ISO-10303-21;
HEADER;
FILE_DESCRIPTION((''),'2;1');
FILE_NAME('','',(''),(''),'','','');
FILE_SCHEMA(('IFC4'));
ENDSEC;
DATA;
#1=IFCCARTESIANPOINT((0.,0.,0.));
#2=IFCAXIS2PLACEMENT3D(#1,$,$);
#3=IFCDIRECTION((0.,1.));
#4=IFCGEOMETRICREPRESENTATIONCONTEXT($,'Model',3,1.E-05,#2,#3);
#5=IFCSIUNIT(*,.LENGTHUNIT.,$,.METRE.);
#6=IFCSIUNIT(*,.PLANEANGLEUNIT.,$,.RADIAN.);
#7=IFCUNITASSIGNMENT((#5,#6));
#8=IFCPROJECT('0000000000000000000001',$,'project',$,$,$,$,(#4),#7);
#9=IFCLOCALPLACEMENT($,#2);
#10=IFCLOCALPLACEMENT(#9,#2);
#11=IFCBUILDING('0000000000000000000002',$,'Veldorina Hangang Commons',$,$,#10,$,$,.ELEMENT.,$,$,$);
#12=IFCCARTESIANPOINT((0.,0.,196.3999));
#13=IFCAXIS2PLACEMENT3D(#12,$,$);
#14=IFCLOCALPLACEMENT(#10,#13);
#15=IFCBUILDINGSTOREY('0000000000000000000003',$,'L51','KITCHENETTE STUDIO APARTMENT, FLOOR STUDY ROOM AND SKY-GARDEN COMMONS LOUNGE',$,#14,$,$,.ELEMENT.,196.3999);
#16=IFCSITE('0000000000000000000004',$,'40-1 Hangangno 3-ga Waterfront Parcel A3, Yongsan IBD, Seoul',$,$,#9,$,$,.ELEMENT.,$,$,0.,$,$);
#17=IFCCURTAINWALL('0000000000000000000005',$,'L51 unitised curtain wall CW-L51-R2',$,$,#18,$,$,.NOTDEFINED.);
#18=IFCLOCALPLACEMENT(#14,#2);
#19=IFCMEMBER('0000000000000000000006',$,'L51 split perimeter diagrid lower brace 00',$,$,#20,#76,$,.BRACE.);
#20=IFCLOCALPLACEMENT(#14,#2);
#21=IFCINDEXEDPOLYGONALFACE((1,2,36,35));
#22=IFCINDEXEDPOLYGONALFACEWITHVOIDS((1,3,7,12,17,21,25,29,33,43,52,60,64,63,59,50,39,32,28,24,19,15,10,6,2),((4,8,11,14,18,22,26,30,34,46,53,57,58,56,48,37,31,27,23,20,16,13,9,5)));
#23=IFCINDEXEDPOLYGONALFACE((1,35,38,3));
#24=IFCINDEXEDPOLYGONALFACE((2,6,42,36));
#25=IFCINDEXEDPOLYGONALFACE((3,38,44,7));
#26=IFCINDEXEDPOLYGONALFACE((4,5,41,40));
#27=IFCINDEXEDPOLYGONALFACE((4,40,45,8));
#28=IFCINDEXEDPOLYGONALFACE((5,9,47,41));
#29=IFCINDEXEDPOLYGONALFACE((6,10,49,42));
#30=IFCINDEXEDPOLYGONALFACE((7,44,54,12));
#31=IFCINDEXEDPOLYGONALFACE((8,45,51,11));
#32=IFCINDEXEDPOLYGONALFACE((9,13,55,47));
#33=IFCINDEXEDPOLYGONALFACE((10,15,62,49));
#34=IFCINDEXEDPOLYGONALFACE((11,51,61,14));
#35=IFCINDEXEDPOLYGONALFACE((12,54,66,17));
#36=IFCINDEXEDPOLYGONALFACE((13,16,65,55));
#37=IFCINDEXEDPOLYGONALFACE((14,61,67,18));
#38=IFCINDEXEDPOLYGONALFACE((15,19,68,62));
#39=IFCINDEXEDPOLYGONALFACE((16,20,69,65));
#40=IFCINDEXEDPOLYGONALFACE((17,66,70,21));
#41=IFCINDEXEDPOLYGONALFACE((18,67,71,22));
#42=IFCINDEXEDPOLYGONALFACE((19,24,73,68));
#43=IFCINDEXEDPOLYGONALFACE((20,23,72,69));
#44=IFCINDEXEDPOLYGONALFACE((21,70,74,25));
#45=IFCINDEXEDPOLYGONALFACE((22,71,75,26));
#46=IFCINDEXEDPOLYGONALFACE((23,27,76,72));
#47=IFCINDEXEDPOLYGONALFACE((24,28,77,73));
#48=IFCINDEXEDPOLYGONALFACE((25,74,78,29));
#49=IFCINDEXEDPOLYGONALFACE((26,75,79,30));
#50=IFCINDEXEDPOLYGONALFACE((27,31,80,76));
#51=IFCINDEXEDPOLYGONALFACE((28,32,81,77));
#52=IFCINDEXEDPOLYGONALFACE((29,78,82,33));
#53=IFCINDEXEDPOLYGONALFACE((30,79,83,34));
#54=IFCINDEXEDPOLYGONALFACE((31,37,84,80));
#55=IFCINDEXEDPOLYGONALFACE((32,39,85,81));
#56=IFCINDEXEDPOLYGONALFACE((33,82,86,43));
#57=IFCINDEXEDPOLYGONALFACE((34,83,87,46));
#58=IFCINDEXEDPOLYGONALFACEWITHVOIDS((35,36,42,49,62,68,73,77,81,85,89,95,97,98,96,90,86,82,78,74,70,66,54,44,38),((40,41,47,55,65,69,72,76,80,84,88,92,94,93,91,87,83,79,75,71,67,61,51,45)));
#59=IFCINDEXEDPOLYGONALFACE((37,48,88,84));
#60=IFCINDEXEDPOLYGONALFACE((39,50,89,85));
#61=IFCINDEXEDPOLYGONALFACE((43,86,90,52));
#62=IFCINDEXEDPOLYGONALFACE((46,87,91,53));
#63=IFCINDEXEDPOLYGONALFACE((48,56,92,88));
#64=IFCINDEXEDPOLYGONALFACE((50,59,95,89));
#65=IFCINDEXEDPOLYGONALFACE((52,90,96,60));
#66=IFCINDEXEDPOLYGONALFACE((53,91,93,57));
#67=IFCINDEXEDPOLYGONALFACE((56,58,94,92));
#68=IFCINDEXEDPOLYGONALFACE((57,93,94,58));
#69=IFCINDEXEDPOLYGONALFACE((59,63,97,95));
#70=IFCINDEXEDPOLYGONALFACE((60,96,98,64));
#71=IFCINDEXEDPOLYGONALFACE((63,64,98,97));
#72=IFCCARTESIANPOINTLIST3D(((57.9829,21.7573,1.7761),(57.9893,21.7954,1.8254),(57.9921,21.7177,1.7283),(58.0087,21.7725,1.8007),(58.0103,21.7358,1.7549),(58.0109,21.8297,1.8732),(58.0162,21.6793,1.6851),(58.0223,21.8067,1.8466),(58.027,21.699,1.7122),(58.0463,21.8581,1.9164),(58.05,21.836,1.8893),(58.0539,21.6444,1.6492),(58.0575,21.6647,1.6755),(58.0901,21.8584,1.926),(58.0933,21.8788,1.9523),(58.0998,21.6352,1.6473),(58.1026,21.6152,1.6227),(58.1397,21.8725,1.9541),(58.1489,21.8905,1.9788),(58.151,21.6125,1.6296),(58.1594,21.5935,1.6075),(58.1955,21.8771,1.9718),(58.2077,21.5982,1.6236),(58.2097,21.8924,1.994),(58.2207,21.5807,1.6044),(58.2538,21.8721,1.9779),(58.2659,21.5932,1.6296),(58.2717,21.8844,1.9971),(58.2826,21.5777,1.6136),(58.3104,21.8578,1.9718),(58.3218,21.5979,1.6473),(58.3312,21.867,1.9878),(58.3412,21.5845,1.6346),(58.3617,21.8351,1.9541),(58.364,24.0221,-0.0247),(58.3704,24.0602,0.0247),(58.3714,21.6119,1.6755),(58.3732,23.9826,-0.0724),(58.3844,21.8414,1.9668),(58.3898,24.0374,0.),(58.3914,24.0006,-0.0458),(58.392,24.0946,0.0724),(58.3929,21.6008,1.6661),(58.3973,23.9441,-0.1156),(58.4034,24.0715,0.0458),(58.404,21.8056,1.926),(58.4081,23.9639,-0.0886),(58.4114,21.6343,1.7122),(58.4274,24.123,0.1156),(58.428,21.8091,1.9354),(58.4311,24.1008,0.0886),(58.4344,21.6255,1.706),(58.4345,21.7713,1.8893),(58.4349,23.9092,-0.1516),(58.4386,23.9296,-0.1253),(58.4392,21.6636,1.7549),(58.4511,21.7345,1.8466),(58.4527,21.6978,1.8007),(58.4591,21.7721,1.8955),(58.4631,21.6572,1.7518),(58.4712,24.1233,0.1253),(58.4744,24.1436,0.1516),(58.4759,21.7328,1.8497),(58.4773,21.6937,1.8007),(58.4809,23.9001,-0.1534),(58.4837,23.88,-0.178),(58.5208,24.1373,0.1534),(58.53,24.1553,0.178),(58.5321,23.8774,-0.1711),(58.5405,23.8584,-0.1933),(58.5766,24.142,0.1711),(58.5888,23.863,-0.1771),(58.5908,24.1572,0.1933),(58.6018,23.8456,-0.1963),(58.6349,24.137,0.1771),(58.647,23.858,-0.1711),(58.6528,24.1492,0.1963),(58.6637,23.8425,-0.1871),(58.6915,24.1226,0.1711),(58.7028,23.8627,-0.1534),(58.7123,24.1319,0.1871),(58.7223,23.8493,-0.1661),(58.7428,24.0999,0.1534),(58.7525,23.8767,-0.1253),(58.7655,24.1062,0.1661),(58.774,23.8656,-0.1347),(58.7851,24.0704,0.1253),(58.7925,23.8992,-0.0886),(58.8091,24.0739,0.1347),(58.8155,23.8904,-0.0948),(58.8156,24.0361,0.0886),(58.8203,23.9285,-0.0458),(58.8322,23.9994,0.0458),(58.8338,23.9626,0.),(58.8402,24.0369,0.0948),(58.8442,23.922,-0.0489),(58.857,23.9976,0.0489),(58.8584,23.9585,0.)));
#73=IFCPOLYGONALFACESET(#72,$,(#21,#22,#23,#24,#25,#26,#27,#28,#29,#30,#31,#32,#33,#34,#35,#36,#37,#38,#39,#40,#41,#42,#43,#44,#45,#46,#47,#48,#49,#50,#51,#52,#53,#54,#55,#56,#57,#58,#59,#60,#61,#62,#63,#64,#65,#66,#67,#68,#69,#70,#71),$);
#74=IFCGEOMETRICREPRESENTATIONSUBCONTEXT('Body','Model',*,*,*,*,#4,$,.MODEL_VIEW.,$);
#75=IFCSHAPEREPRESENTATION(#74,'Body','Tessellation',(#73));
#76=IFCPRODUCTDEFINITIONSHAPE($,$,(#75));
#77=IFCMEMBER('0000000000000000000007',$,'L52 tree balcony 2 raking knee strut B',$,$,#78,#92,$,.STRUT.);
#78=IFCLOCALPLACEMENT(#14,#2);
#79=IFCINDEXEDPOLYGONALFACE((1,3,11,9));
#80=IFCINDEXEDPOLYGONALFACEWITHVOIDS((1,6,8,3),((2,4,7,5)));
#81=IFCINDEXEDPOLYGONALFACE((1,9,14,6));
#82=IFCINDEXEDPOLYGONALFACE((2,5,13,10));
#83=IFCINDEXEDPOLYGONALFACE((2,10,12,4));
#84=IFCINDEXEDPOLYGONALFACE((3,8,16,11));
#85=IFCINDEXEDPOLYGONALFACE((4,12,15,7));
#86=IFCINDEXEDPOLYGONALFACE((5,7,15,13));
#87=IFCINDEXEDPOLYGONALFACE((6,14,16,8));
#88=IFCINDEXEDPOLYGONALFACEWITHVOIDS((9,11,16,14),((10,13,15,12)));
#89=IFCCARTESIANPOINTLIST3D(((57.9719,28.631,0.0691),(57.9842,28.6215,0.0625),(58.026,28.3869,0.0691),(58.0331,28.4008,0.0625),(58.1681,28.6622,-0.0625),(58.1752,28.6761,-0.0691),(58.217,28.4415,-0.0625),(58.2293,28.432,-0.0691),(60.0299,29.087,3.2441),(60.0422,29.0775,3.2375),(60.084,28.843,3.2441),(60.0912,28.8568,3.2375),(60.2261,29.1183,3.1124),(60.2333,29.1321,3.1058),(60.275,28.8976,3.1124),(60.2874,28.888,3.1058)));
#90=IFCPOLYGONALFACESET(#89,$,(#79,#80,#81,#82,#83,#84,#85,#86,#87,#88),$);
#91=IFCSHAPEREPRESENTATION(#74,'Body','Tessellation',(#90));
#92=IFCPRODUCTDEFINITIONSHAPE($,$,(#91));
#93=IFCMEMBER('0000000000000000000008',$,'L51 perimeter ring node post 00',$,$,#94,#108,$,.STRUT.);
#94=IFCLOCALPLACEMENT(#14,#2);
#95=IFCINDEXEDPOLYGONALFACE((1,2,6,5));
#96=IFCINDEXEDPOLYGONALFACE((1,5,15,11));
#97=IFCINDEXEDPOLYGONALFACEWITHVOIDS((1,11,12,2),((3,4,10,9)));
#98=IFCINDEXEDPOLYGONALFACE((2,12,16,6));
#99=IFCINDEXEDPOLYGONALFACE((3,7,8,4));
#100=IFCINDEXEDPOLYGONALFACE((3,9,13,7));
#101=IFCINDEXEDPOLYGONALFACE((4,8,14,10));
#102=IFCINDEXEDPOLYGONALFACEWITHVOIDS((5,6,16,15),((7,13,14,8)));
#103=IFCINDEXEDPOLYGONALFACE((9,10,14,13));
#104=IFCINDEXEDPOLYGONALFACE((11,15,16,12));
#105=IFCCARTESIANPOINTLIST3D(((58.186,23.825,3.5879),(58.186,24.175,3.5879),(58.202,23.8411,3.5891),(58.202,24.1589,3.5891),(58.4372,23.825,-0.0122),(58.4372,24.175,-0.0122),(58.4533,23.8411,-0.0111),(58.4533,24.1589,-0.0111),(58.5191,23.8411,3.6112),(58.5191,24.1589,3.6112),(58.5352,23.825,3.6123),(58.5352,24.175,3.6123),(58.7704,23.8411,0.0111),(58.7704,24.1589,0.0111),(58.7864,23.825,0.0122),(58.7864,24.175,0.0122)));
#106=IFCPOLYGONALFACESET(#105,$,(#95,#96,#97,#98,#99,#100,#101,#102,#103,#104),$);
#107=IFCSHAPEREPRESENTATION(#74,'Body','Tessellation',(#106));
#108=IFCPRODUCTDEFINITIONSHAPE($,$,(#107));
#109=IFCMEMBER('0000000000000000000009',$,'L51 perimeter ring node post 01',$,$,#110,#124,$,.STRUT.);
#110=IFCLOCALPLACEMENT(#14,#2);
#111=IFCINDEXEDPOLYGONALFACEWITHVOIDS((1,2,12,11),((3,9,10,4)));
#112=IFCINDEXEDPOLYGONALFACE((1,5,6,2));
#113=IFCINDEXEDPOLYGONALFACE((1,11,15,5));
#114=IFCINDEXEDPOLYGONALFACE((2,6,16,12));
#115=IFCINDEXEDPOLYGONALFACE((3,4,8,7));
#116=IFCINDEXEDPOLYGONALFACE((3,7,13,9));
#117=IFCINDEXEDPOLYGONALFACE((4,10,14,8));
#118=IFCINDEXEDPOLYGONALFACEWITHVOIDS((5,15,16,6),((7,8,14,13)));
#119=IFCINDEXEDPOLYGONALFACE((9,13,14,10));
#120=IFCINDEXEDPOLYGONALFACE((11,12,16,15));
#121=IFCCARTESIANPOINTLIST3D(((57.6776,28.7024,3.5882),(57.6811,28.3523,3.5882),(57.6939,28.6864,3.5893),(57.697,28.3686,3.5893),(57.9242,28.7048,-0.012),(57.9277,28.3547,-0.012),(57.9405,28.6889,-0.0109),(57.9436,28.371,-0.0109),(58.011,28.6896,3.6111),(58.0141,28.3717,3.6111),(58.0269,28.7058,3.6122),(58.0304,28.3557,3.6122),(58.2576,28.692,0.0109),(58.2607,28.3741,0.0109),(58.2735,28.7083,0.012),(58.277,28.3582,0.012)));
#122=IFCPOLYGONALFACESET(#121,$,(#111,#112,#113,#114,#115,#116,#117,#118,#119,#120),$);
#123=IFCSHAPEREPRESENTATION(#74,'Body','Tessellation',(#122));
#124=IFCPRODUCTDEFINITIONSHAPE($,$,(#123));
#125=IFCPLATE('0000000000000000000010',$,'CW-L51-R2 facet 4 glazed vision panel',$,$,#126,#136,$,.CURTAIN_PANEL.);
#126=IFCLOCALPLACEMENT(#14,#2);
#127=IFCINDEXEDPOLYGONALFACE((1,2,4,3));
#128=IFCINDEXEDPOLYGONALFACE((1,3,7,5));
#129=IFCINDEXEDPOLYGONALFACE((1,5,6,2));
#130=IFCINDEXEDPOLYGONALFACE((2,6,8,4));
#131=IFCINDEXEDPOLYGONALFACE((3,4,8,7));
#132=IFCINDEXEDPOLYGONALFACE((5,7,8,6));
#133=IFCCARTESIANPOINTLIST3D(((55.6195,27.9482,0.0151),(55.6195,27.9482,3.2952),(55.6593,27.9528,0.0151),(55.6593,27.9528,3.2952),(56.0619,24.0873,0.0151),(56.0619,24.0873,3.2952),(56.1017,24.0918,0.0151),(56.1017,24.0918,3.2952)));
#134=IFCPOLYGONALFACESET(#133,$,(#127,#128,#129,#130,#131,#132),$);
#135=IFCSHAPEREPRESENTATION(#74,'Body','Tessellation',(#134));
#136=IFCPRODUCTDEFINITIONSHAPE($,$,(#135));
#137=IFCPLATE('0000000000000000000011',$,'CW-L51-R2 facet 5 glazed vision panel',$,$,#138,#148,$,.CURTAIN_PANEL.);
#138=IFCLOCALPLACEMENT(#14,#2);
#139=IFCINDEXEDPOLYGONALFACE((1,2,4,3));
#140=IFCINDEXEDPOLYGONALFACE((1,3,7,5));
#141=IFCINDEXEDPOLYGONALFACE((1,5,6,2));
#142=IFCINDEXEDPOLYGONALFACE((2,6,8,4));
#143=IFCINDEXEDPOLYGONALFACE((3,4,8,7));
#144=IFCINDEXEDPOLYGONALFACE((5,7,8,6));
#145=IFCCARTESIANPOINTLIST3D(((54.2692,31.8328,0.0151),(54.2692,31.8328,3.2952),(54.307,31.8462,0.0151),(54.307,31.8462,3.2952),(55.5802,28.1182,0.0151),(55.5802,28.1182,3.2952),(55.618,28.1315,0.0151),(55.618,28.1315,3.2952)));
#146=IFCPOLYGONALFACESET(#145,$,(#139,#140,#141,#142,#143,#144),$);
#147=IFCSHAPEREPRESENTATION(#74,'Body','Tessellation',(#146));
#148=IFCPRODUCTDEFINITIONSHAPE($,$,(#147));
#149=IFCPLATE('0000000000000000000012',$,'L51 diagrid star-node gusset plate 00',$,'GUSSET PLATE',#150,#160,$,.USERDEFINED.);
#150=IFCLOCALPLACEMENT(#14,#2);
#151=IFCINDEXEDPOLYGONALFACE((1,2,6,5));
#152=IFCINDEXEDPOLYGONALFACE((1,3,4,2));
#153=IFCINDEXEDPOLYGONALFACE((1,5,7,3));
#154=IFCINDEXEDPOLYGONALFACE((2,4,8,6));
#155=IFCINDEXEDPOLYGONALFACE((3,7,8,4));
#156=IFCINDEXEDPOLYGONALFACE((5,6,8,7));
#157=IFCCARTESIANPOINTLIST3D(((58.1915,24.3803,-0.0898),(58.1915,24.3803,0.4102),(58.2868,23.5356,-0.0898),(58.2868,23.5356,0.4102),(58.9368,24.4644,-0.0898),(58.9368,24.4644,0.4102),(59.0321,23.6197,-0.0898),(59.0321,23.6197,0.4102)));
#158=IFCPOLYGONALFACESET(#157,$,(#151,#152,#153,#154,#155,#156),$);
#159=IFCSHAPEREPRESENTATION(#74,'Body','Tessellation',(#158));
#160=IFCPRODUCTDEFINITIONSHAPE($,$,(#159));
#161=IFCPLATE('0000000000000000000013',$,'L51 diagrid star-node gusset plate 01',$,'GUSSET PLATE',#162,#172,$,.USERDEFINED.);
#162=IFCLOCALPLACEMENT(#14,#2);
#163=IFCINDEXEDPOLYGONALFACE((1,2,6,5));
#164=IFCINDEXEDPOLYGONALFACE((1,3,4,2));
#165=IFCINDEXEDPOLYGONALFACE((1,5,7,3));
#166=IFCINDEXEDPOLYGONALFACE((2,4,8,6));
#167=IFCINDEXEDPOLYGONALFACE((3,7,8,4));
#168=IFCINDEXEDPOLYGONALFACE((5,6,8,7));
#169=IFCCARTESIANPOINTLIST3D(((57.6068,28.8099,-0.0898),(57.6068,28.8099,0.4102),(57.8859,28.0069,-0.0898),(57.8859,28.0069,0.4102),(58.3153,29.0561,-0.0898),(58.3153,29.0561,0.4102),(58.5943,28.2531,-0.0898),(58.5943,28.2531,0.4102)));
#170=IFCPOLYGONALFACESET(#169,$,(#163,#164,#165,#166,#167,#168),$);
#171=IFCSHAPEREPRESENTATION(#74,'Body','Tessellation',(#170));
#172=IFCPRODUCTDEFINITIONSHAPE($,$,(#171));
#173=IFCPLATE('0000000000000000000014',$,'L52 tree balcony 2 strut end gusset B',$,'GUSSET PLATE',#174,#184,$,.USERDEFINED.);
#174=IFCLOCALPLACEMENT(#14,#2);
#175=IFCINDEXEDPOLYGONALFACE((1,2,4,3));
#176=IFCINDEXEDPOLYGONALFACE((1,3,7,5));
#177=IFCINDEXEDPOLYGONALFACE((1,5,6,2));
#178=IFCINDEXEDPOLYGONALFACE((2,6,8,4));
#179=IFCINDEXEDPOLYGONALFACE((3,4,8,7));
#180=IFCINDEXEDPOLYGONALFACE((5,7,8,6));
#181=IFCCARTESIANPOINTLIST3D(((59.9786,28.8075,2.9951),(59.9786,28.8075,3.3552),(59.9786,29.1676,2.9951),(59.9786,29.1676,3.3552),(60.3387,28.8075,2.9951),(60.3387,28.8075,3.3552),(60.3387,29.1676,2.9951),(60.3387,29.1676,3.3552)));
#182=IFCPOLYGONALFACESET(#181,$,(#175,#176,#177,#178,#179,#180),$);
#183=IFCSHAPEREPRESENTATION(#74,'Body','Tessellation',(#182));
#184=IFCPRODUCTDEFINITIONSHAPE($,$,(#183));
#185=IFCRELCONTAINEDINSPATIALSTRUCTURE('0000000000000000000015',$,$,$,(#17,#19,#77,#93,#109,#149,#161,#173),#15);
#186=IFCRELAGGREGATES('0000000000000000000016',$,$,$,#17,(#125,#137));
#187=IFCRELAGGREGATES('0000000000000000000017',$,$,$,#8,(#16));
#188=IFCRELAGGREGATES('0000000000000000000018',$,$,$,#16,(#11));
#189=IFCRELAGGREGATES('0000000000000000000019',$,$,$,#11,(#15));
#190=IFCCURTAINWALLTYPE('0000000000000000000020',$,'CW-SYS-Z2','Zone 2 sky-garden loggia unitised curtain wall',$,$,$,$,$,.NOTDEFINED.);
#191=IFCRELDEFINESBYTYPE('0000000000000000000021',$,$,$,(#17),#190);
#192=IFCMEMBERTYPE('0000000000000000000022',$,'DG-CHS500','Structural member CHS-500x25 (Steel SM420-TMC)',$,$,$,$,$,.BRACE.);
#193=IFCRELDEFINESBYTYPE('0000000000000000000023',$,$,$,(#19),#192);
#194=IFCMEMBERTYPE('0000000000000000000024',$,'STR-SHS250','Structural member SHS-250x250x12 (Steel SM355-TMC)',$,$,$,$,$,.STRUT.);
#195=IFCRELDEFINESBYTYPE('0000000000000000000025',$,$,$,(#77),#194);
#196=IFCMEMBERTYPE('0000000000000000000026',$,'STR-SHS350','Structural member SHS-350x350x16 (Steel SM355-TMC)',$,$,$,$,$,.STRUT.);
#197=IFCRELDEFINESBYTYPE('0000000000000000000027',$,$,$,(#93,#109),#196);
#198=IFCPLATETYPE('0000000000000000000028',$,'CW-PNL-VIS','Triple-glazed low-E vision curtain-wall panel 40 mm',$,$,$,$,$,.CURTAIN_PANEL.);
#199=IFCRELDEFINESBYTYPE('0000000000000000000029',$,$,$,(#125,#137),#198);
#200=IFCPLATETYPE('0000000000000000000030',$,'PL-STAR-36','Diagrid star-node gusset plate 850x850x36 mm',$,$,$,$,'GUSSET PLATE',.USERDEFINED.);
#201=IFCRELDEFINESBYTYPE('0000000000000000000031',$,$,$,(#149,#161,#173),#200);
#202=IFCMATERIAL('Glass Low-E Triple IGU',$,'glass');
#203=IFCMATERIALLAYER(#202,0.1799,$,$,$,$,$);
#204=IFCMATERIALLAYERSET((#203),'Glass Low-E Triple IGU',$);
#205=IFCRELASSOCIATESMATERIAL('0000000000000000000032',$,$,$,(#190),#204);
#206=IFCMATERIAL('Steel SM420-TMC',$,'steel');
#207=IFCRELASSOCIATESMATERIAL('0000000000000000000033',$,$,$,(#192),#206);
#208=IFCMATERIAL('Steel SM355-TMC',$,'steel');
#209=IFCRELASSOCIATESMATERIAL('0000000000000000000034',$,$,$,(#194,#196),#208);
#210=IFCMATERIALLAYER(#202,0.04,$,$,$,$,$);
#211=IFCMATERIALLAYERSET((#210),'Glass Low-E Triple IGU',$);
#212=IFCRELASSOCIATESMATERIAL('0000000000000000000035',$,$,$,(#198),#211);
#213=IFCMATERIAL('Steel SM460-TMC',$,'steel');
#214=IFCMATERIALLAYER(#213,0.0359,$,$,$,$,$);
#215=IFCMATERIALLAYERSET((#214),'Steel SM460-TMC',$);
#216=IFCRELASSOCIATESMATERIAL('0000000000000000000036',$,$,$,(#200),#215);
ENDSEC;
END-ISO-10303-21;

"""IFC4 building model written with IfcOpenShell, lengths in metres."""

from ifc_helpers import new_model, si_unit, direction, frame, origin, origin_2d, place, context, subcontext, project, spatial, rectangle, hollow_rectangle, hollow_circle, extrude, material, layer, layer_set, material_profile, profile_set, type_object, element, aggregate, save


model = new_model("IFC4")

# Units and contexts
model_context = context("Model", 3, precision=1e-05, world=origin(), true_north=direction((0.0, 1.0)))
body_context = subcontext(model_context, "Body", "Model", "MODEL_VIEW")
ifc_project = project(units=[si_unit("LENGTHUNIT", "METRE"), si_unit("PLANEANGLEUNIT", "RADIAN")], contexts=[model_context])

# Site, building, storey
site_placement = place(None, origin())
site = spatial("IfcSite", under=ifc_project, at=site_placement, Name="40-1 Hangangno 3-ga Waterfront Parcel A3, Yongsan IBD, Seoul", CompositionType="ELEMENT", RefElevation=0.0)
building_placement = place(site_placement, origin())
building = spatial("IfcBuilding", under=site, at=building_placement, Name="Veldorina Hangang Commons", CompositionType="ELEMENT")
storey_placement = place(building_placement, frame((0.0, 0.0, 196.3999)))
storey = spatial("IfcBuildingStorey", under=building, at=storey_placement, Name="L51", Description="KITCHENETTE STUDIO APARTMENT, FLOOR STUDY ROOM AND SKY-GARDEN COMMONS LOUNGE", CompositionType="ELEMENT", Elevation=196.3999)

# Shared definitions
ifc_material_1 = material(Name="Steel SM355-TMC", Category="steel")
ifc_material_2 = material(Name="Steel SM420-TMC", Category="steel")

# Curtain wall
ifc_material_3 = material(Name="Glass Low-E Triple IGU", Category="glass")
ifc_layer_1 = layer(ifc_material_3, 0.1799)
ifc_layer_set_1 = layer_set([ifc_layer_1], Name="Glass Low-E Triple IGU")
curtain_wall_type = type_object("IfcCurtainWallType", Name="CW-SYS-Z2", Description="Zone 2 sky-garden loggia unitised curtain wall", PredefinedType="NOTDEFINED", material=ifc_layer_set_1)
curtain_wall_placement = place(storey_placement, origin())
curtain_wall = element("IfcCurtainWall", 1, at=curtain_wall_placement, inside=storey, type_object=curtain_wall_type, Name="L51 unitised curtain wall CW-L51-R2", PredefinedType="NOTDEFINED")

# Members
ifc_material_profile_1 = material_profile(ifc_material_2, hollow_circle(Radius=0.25, WallThickness=0.0249, at=origin_2d()), Name="CHS-500x25")
ifc_profile_set_1 = profile_set([ifc_material_profile_1], Name="Steel SM420-TMC")
member_type_1 = type_object("IfcMemberType", Name="DG-CHS500", Description="Structural member CHS-500x25 (Steel SM420-TMC)", PredefinedType="BRACE", material=ifc_profile_set_1)
member_1_placement = place(storey_placement, frame((58.6118, 24.0, 0.0), z_axis=(-0.130581, -0.77604, 0.617017), x_axis=(0.986137, -0.165933, 0.0)))
element("IfcMember", 2, at=member_1_placement, inside=storey, type_object=member_type_1, Name="L51 split perimeter diagrid lower brace 00", PredefinedType="BRACE", context=body_context, shape_type="SweptSolid", body=[
    extrude(hollow_circle(Radius=0.25, WallThickness=0.0249, at=origin_2d()), origin(), (0.0, 0.0, 1.0), 2.9185),
])
ifc_material_profile_2 = material_profile(ifc_material_1, hollow_rectangle(XDim=0.25, YDim=0.25, WallThickness=0.012, at=origin_2d()), Name="SHS-250x250x12")
ifc_profile_set_2 = profile_set([ifc_material_profile_2], Name="Steel SM355-TMC")
member_type_2 = type_object("IfcMemberType", Name="STR-SHS250", Description="Structural member SHS-250x250x12 (Steel SM355-TMC)", PredefinedType="STRUT", material=ifc_profile_set_2)
member_2_placement = place(storey_placement, frame((58.1006, 28.5315, 0.0), z_axis=(0.540025, 0.119664, 0.833099), x_axis=(-0.216342, 0.976318, 0.0)))
element("IfcMember", 3, at=member_2_placement, inside=storey, type_object=member_type_2, Name="L52 tree balcony 2 raking knee strut B", PredefinedType="STRUT", context=body_context, shape_type="SweptSolid", body=[
    extrude(hollow_rectangle(XDim=0.25, YDim=0.25, WallThickness=0.012, at=origin_2d()), origin(), (0.0, 0.0, 1.0), 3.811),
])
ifc_material_profile_3 = material_profile(ifc_material_1, hollow_rectangle(XDim=0.3501, YDim=0.3501, WallThickness=0.0161, at=origin_2d()), Name="SHS-350x350x16")
ifc_profile_set_3 = profile_set([ifc_material_profile_3], Name="Steel SM355-TMC")
member_type_3 = type_object("IfcMemberType", Name="STR-SHS350", Description="Structural member SHS-350x350x16 (Steel SM355-TMC)", PredefinedType="STRUT", material=ifc_profile_set_3)
member_3_placement = place(storey_placement, frame((58.6118, 24.0, 0.0), z_axis=(-0.069612, 0.0, 0.997574), x_axis=(0.0, -1.0, 0.0)))
element("IfcMember", 4, at=member_3_placement, inside=storey, type_object=member_type_3, Name="L51 perimeter ring node post 00", PredefinedType="STRUT", context=body_context, shape_type="SweptSolid", body=[
    extrude(hollow_rectangle(XDim=0.3501, YDim=0.3501, WallThickness=0.0161, at=origin_2d()), origin(), (0.0, 0.0, 1.0), 3.6089),
])
member_4_placement = place(storey_placement, frame((58.1006, 28.5315, 0.0), z_axis=(-0.068333, -0.000677, 0.997662), x_axis=(0.009901, -0.999951, 0.0)))
element("IfcMember", 5, at=member_4_placement, inside=storey, type_object=member_type_3, Name="L51 perimeter ring node post 01", PredefinedType="STRUT", context=body_context, shape_type="SweptSolid", body=[
    extrude(hollow_rectangle(XDim=0.3501, YDim=0.3501, WallThickness=0.0161, at=origin_2d()), origin(), (0.0, 0.0, 1.0), 3.6086),
])

# Plates
ifc_layer_2 = layer(ifc_material_3, 0.04)
ifc_layer_set_2 = layer_set([ifc_layer_2], Name="Glass Low-E Triple IGU")
plate_type_1 = type_object("IfcPlateType", Name="CW-PNL-VIS", Description="Triple-glazed low-E vision curtain-wall panel 40 mm", PredefinedType="CURTAIN_PANEL", material=ifc_layer_set_2)
plate_1_placement = place(storey_placement, frame((55.8606, 26.02, 0.0151), z_axis=(0.0, 0.0, 1.0), x_axis=(-0.113845, 0.993499, 0.0)))
plate_1 = element("IfcPlate", 6, at=plate_1_placement, type_object=plate_type_1, Name="CW-L51-R2 facet 4 glazed vision panel", PredefinedType="CURTAIN_PANEL", context=body_context, shape_type="SweptSolid", body=[
    extrude(rectangle(XDim=3.8862, YDim=0.04, at=origin_2d()), origin(), (0.0, 0.0, 1.0), 3.28),
])
plate_2_placement = place(storey_placement, frame((54.9436, 29.9822, 0.0151), z_axis=(0.0, 0.0, 1.0), x_axis=(-0.33282, 0.942991, 0.0)))
plate_2 = element("IfcPlate", 7, at=plate_2_placement, type_object=plate_type_1, Name="CW-L51-R2 facet 5 glazed vision panel", PredefinedType="CURTAIN_PANEL", context=body_context, shape_type="SweptSolid", body=[
    extrude(rectangle(XDim=3.9392, YDim=0.04, at=origin_2d()), origin(), (0.0, 0.0, 1.0), 3.28),
])
aggregate(curtain_wall, [plate_1, plate_2])

# Plates
ifc_material_4 = material(Name="Steel SM460-TMC", Category="steel")
ifc_layer_3 = layer(ifc_material_4, 0.0359)
ifc_layer_set_3 = layer_set([ifc_layer_3], Name="Steel SM460-TMC")
plate_type_2 = type_object("IfcPlateType", Name="PL-STAR-36", Description="Diagrid star-node gusset plate 850x850x36 mm", ElementType="GUSSET PLATE", PredefinedType="USERDEFINED", material=ifc_layer_set_3)
for number, where, z_axis, x_axis, name in (
    (8, (58.6118, 24.0, -0.0898), (0.0, 0.0, 1.0), (-0.112128, 0.993694, 0.0), "L51 diagrid star-node gusset plate 00"),
    (9, (58.1006, 28.5315, -0.0898), (0.0, 0.0, 1.0), (-0.32829, 0.944577, 0.0), "L51 diagrid star-node gusset plate 01"),
):
    element("IfcPlate", number, at=place(storey_placement, frame(where, z_axis=z_axis, x_axis=x_axis)), inside=storey, type_object=plate_type_2, Name=name, ObjectType="GUSSET PLATE", PredefinedType="USERDEFINED", context=body_context, shape_type="SweptSolid", body=[
        extrude(rectangle(XDim=0.8501, YDim=0.75, at=origin_2d()), origin(), (0.0, 0.0, 1.0), 0.5),
    ])
plate_3_placement = place(storey_placement, frame((60.1587, 28.9875, 2.9951), z_axis=(0.0, 0.0, 1.0), x_axis=(1.0, 0.0, 0.0)))
element("IfcPlate", 10, at=plate_3_placement, inside=storey, type_object=plate_type_2, Name="L52 tree balcony 2 strut end gusset B", ObjectType="GUSSET PLATE", PredefinedType="USERDEFINED", context=body_context, shape_type="SweptSolid", body=[
    extrude(rectangle(XDim=0.3601, YDim=0.3601, at=origin_2d()), origin(), (0.0, 0.0, 1.0), 0.3601),
])

save(model, "model.ifc")
